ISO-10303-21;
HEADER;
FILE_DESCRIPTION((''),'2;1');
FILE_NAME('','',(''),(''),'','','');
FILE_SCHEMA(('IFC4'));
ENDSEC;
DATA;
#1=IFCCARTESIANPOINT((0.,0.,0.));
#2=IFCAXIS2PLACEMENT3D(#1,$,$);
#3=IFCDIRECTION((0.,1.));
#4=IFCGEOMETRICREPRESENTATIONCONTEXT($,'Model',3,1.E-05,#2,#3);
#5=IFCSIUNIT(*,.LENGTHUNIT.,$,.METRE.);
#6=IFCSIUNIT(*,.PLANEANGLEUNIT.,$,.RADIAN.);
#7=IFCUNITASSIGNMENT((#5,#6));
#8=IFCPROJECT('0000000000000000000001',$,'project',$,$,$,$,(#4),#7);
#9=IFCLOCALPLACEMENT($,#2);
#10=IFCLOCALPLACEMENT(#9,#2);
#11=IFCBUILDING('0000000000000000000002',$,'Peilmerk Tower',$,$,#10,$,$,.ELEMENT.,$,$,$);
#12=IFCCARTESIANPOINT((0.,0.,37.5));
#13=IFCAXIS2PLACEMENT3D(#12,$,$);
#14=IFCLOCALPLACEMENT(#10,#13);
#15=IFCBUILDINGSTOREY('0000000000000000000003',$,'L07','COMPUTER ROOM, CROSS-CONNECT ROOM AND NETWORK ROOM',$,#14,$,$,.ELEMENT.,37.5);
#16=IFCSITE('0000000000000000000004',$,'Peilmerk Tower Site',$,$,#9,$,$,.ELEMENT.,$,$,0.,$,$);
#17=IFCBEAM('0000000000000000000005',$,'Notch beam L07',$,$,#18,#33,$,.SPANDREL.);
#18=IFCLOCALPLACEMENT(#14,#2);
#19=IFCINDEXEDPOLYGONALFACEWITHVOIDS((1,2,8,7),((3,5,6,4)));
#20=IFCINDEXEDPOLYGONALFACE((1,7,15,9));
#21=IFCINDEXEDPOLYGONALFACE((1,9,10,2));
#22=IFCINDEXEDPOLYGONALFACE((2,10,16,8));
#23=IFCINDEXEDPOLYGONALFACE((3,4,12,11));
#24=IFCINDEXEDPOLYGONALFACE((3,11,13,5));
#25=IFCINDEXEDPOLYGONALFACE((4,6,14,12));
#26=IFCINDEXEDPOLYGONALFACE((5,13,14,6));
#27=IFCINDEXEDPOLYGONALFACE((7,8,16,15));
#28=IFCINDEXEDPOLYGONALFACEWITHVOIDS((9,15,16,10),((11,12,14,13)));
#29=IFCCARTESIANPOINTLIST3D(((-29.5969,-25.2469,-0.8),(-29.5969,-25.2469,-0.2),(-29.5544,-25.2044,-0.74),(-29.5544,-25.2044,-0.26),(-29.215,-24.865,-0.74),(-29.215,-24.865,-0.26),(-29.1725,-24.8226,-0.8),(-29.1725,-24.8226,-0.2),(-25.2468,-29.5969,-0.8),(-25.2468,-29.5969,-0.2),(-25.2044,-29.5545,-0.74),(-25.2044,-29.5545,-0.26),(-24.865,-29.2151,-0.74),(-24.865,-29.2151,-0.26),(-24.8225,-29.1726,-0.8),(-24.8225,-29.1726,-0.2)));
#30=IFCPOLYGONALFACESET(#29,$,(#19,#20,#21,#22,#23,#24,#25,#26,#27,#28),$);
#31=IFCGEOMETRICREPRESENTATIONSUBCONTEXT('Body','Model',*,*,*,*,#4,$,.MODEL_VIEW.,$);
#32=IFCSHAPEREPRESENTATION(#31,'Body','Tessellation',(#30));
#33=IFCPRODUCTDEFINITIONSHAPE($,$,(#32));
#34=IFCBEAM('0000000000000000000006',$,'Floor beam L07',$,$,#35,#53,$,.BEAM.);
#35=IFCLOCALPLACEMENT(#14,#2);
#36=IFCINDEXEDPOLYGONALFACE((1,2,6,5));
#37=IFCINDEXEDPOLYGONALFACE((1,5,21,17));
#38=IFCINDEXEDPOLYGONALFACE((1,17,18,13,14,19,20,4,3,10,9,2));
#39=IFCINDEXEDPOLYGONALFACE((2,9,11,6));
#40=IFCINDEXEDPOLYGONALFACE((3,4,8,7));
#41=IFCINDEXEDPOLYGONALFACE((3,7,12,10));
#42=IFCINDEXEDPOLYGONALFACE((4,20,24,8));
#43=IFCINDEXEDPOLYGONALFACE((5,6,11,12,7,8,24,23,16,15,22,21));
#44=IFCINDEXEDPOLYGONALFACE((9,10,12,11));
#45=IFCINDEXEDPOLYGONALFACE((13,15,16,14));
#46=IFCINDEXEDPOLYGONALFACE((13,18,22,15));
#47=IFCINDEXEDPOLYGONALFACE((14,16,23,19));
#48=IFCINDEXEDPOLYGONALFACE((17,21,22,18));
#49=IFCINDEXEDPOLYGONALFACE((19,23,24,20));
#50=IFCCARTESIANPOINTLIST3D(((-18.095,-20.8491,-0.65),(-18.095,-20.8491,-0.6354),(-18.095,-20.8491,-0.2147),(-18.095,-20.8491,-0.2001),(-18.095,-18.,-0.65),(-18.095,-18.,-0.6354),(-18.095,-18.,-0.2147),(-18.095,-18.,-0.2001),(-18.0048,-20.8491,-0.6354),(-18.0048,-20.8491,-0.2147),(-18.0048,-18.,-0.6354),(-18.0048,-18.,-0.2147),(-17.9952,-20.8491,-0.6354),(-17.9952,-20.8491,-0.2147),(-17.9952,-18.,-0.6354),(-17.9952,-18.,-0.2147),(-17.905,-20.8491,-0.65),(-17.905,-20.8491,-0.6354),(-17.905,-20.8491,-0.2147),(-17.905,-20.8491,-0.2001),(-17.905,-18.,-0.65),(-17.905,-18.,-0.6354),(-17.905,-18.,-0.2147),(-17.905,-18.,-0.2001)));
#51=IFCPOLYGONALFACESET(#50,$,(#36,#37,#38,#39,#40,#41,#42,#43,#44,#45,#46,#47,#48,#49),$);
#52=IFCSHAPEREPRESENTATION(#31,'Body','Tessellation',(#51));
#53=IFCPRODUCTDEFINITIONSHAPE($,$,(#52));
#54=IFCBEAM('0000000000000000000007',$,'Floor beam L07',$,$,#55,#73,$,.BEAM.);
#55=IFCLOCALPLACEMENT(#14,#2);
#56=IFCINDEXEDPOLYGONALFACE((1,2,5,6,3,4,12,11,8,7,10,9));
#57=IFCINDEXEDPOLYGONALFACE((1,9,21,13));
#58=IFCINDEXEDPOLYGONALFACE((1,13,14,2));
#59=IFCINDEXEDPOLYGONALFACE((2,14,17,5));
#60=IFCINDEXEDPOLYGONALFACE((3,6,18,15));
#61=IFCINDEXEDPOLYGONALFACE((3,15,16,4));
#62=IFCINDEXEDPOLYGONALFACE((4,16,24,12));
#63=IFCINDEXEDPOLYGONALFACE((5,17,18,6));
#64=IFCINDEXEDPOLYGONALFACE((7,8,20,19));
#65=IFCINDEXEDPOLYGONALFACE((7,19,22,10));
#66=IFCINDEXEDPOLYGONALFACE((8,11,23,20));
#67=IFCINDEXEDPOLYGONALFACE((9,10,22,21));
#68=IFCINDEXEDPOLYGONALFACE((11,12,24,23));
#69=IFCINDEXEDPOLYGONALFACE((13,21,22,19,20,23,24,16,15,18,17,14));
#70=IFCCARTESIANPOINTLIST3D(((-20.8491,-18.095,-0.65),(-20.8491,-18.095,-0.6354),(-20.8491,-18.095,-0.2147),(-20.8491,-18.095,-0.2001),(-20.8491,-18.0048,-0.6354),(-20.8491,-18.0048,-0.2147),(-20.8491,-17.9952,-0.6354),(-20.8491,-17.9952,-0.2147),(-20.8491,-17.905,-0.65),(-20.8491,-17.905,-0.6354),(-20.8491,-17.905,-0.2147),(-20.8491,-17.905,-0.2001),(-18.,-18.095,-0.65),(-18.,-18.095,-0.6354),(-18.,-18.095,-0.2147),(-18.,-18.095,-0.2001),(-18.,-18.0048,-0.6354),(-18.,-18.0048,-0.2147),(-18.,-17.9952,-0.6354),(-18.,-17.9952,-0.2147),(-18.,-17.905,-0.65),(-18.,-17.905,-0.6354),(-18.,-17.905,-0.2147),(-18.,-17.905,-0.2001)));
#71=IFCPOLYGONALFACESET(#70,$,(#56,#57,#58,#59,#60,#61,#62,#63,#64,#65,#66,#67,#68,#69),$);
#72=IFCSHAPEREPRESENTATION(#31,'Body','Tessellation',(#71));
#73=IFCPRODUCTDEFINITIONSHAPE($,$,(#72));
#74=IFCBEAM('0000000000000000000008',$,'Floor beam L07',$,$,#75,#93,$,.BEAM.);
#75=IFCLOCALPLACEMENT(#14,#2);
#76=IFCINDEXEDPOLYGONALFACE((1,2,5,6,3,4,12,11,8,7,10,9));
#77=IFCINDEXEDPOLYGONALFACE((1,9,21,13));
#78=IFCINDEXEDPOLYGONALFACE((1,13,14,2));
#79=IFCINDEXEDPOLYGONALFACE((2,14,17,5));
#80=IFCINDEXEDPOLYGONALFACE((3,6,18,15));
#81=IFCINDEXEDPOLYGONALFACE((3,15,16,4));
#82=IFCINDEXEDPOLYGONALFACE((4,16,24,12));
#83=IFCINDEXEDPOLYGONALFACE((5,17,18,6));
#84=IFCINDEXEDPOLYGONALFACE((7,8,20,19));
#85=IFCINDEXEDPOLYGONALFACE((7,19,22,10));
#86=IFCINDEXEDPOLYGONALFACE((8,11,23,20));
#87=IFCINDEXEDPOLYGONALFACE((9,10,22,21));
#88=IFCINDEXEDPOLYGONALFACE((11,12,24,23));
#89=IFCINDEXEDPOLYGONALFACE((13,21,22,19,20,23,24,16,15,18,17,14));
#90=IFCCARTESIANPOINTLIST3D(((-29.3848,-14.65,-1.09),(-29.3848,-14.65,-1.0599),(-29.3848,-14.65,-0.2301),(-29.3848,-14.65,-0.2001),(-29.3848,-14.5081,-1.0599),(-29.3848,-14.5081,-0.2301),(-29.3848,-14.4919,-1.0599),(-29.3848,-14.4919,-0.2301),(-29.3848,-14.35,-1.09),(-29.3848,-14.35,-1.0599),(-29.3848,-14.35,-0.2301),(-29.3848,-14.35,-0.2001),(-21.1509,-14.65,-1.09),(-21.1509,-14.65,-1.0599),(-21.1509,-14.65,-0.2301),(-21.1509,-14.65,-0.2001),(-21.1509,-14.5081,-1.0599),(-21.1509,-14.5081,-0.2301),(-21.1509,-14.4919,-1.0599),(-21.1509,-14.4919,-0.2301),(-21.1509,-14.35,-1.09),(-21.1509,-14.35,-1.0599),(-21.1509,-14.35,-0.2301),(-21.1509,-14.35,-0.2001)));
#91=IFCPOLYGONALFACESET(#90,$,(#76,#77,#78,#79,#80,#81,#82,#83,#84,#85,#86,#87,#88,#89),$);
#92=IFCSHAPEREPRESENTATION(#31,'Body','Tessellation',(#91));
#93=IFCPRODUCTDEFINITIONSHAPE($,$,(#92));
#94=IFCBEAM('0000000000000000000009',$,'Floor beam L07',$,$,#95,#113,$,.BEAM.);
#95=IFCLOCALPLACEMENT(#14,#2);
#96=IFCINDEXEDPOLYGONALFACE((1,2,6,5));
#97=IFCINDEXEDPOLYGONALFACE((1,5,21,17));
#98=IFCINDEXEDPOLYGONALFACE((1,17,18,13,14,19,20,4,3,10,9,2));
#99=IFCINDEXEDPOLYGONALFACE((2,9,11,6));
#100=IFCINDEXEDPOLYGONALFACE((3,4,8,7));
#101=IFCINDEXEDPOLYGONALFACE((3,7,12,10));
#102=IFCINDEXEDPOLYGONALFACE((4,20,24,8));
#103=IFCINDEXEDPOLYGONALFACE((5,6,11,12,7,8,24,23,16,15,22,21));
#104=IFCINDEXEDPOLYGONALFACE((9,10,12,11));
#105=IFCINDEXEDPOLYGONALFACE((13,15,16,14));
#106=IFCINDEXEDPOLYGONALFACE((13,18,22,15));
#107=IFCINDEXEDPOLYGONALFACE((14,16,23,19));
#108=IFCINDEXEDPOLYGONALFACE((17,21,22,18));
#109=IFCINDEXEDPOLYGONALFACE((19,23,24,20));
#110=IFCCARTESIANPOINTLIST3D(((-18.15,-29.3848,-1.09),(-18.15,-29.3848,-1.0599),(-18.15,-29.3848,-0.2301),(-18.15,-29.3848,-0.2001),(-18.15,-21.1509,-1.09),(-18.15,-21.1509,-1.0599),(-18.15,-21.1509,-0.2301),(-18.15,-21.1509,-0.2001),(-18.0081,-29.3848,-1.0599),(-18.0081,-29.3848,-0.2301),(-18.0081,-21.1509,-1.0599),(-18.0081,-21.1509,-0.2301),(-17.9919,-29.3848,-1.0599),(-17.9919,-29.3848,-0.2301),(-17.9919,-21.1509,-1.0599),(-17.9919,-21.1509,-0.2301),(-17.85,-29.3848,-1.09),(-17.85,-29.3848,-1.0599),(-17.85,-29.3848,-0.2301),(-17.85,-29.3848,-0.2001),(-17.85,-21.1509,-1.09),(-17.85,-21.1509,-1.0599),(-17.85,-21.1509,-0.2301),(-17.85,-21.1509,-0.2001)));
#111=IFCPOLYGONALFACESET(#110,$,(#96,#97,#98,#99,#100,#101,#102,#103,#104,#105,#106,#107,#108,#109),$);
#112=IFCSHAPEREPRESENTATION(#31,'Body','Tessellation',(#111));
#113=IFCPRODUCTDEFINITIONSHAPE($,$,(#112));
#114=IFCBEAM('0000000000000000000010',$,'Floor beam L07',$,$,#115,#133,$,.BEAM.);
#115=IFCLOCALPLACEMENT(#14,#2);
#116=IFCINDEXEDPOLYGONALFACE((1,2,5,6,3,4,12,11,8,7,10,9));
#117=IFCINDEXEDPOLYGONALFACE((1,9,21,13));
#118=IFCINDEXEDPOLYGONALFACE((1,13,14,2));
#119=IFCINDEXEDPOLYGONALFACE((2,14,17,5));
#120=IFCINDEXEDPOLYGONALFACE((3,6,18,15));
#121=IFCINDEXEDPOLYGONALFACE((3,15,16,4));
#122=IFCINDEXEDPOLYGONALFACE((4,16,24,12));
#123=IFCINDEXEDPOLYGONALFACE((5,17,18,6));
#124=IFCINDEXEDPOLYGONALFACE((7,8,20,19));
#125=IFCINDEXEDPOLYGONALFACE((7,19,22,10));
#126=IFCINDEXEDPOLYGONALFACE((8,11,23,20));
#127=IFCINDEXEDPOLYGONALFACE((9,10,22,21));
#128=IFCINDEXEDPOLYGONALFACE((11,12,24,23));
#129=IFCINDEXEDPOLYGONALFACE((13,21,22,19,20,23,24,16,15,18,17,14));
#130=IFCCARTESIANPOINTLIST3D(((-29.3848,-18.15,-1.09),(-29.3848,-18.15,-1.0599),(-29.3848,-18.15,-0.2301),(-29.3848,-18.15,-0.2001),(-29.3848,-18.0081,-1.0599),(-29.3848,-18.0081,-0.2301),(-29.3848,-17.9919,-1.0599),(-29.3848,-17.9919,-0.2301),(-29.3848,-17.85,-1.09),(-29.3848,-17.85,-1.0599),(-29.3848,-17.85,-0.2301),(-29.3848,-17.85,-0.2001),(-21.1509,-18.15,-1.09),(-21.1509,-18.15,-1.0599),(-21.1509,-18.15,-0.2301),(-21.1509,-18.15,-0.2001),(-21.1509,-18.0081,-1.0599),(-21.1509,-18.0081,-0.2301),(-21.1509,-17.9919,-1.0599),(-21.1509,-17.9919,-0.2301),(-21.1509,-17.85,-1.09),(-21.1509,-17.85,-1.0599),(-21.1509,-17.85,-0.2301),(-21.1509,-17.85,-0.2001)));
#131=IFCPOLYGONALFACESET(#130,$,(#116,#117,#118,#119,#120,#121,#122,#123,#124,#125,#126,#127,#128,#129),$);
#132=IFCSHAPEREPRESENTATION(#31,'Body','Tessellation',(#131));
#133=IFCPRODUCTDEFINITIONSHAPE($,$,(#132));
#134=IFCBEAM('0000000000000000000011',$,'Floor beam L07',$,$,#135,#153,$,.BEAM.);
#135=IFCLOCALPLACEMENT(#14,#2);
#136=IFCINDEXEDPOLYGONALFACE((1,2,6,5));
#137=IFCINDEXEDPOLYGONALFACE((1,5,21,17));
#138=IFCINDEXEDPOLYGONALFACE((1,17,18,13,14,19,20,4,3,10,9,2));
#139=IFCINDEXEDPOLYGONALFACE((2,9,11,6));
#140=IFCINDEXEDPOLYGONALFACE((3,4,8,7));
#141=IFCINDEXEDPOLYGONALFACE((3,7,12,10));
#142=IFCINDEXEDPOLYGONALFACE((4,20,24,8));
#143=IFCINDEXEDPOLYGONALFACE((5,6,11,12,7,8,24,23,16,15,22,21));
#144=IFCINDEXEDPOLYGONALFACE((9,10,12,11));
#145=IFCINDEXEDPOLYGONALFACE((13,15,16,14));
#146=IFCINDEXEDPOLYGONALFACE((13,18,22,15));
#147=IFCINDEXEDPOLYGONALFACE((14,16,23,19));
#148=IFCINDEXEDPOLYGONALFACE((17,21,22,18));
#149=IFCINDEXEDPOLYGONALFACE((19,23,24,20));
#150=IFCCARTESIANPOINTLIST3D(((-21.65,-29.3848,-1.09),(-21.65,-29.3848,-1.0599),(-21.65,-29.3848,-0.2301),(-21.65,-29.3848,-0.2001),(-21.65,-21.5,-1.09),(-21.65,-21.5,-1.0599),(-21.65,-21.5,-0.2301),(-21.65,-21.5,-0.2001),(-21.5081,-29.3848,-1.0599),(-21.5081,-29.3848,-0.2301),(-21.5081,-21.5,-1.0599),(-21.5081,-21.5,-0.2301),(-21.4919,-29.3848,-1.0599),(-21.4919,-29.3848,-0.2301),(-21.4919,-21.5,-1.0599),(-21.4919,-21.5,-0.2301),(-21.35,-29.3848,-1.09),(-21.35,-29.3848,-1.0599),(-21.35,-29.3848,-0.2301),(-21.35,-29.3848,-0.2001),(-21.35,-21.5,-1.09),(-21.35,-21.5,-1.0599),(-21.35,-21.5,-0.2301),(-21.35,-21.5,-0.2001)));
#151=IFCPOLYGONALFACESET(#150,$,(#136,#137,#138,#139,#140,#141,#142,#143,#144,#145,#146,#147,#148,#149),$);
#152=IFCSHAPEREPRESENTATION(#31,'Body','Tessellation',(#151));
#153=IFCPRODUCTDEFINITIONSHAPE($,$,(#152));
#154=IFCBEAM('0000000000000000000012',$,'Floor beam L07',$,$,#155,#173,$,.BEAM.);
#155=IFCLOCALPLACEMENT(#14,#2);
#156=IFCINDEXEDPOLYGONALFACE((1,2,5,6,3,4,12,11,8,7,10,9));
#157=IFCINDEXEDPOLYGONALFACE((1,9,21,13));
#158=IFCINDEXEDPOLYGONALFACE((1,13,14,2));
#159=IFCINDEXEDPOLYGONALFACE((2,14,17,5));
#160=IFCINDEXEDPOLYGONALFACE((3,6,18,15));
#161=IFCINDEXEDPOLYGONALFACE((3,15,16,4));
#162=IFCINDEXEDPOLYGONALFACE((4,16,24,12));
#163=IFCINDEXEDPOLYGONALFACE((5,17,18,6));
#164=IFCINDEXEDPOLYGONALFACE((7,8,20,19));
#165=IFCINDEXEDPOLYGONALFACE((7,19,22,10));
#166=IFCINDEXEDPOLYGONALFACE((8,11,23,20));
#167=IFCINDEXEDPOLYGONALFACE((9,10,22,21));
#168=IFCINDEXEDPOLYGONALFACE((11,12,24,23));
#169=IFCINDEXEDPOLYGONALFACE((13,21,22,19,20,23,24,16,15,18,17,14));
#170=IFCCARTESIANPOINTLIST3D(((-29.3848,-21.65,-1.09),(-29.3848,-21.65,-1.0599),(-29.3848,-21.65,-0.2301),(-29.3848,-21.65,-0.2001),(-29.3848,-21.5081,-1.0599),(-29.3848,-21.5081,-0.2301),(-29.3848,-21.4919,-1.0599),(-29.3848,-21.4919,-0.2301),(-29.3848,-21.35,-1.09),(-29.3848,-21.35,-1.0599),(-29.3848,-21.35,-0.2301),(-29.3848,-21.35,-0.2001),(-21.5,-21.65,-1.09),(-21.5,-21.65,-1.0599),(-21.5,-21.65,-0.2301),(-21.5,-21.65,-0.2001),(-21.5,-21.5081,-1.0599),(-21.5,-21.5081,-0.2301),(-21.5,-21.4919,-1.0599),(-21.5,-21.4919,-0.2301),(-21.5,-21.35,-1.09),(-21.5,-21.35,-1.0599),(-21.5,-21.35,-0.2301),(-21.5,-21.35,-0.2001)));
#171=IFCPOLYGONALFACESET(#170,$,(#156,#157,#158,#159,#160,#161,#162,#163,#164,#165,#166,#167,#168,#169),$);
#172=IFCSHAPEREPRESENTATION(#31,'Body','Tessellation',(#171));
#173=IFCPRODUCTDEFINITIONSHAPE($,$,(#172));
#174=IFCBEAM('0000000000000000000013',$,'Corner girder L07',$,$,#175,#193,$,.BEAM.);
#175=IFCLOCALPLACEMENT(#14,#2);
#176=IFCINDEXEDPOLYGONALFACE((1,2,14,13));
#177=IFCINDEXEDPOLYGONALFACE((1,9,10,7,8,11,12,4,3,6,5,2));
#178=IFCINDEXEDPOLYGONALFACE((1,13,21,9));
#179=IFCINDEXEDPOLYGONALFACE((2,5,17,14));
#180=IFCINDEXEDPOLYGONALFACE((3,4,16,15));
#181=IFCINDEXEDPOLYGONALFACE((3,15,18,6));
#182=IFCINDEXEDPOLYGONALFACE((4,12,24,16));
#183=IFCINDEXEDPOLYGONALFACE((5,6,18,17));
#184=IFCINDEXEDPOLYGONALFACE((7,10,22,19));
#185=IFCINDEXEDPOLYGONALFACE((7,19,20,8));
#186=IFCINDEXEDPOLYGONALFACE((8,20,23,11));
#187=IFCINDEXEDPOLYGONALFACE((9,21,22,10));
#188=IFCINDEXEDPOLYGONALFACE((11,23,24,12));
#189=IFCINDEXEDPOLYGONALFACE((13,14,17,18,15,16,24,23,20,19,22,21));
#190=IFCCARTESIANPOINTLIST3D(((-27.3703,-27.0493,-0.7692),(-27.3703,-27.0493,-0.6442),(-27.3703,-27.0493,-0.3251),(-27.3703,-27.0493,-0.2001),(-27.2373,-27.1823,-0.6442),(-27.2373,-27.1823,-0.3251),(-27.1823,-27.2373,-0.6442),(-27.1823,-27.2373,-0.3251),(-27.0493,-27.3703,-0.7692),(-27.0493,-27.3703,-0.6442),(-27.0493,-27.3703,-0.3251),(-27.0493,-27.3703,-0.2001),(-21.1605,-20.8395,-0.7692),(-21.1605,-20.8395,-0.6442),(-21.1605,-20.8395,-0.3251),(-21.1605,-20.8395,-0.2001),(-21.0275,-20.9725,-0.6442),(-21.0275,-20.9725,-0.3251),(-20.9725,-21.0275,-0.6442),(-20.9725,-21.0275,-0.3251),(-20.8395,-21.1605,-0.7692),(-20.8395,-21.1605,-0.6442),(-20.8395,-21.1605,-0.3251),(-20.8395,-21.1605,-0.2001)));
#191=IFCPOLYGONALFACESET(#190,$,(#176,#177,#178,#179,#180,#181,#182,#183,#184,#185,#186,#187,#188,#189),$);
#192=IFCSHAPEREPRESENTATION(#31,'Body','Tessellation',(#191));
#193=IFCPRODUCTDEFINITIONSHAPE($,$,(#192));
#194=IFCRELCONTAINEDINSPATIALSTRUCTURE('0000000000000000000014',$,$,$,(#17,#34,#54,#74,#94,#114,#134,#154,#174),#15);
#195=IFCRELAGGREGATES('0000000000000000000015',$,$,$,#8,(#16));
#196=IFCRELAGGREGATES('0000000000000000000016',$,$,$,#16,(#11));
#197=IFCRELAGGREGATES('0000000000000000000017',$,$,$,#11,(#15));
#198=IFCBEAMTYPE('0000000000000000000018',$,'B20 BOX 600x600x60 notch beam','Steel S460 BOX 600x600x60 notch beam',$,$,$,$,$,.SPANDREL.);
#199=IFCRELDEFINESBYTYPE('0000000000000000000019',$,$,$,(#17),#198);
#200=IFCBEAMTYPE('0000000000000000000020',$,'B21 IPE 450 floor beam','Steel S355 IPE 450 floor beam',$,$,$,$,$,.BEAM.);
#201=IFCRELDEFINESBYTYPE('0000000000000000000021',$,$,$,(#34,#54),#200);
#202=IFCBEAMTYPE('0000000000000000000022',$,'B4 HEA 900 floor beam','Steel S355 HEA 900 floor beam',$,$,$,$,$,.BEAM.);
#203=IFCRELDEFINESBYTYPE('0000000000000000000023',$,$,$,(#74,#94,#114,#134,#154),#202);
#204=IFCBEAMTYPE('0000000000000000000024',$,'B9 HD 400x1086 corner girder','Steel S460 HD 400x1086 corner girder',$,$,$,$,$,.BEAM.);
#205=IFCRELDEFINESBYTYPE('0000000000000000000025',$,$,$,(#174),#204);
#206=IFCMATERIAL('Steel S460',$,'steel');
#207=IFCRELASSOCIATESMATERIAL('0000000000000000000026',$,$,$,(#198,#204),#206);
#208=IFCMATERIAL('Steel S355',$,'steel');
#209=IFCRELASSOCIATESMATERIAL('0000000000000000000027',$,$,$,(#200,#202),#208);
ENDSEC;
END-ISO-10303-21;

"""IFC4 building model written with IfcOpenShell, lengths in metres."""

from ifc_helpers import new_model, si_unit, direction, frame, origin, origin_2d, place, context, subcontext, project, spatial, hollow_rectangle, i_section, extrude, material, material_profile, profile_set, type_object, element, save


model = new_model("IFC4")

# Units and contexts
model_context = context("Model", 3, precision=1e-05, world=origin(), true_north=direction((0.0, 1.0)))
body_context = subcontext(model_context, "Body", "Model", "MODEL_VIEW")
ifc_project = project(units=[si_unit("LENGTHUNIT", "METRE"), si_unit("PLANEANGLEUNIT", "RADIAN")], contexts=[model_context])

# Site, building, storey
site_placement = place(None, origin())
site = spatial("IfcSite", under=ifc_project, at=site_placement, Name="Peilmerk Tower Site", CompositionType="ELEMENT", RefElevation=0.0)
building_placement = place(site_placement, origin())
building = spatial("IfcBuilding", under=site, at=building_placement, Name="Peilmerk Tower", CompositionType="ELEMENT")
storey_placement = place(building_placement, frame((0.0, 0.0, 37.5)))
storey = spatial("IfcBuildingStorey", under=building, at=storey_placement, Name="L07", Description="COMPUTER ROOM, CROSS-CONNECT ROOM AND NETWORK ROOM", CompositionType="ELEMENT", Elevation=37.5)

# Beams
ifc_material_1 = material(Name="Steel S355", Category="steel")
ifc_material_2 = material(Name="Steel S460", Category="steel")
ifc_material_profile_1 = material_profile(ifc_material_2, hollow_rectangle(XDim=0.6001, YDim=0.6001, WallThickness=0.0601, at=origin_2d()), Name="BOX 600x600x60")
ifc_profile_set_1 = profile_set([ifc_material_profile_1], Name="Steel S460")
beam_type_1 = type_object("IfcBeamType", Name="B20 BOX 600x600x60 notch beam", Description="Steel S460 BOX 600x600x60 notch beam", PredefinedType="SPANDREL", material=ifc_profile_set_1)
beam_1_placement = place(storey_placement, frame((-25.0347, -29.3848, -0.5), z_axis=(-0.707107, 0.707107, 0.0), x_axis=(-0.707107, -0.707107, 0.0)))
element("IfcBeam", 1, at=beam_1_placement, inside=storey, type_object=beam_type_1, Name="Notch beam L07", PredefinedType="SPANDREL", context=body_context, shape_type="SweptSolid", body=[
    extrude(hollow_rectangle(XDim=0.6001, YDim=0.6001, WallThickness=0.0601, at=origin_2d()), origin(), (0.0, 0.0, 1.0), 6.1519),
])
ifc_material_profile_2 = material_profile(ifc_material_1, i_section(OverallWidth=0.1899, OverallDepth=0.45, WebThickness=0.0095, FlangeThickness=0.0146, at=origin_2d()), Name="IPE 450")
ifc_profile_set_2 = profile_set([ifc_material_profile_2], Name="Steel S355")
beam_type_2 = type_object("IfcBeamType", Name="B21 IPE 450 floor beam", Description="Steel S355 IPE 450 floor beam", PredefinedType="BEAM", material=ifc_profile_set_2)
for number, where, z_axis, x_axis, name in (
    (2, (-18.0, -18.0, -0.425), (0.0, -1.0, 0.0), (1.0, 0.0, 0.0), "Floor beam L07"),
    (3, (-18.0, -18.0, -0.425), (-1.0, 0.0, 0.0), (0.0, -1.0, 0.0), "Floor beam L07"),
):
    element("IfcBeam", number, at=place(storey_placement, frame(where, z_axis=z_axis, x_axis=x_axis)), inside=storey, type_object=beam_type_2, Name=name, PredefinedType="BEAM", context=body_context, shape_type="SweptSolid", body=[
        extrude(i_section(OverallWidth=0.1899, OverallDepth=0.45, WebThickness=0.0095, FlangeThickness=0.0146, at=origin_2d()), origin(), (0.0, 0.0, 1.0), 2.8491),
    ])
ifc_material_profile_3 = material_profile(ifc_material_1, i_section(OverallWidth=0.3, OverallDepth=0.8899, WebThickness=0.0161, FlangeThickness=0.03, at=origin_2d()), Name="HEA 900")
ifc_profile_set_3 = profile_set([ifc_material_profile_3], Name="Steel S355")
beam_type_3 = type_object("IfcBeamType", Name="B4 HEA 900 floor beam", Description="Steel S355 HEA 900 floor beam", PredefinedType="BEAM", material=ifc_profile_set_3)
for number, where, z_axis, x_axis, name in (
    (4, (-21.1509, -14.5, -0.645), (-1.0, 0.0, 0.0), (0.0, -1.0, 0.0), "Floor beam L07"),
    (5, (-18.0, -21.1509, -0.645), (0.0, -1.0, 0.0), (1.0, 0.0, 0.0), "Floor beam L07"),
    (6, (-21.1509, -18.0, -0.645), (-1.0, 0.0, 0.0), (0.0, -1.0, 0.0), "Floor beam L07"),
):
    element("IfcBeam", number, at=place(storey_placement, frame(where, z_axis=z_axis, x_axis=x_axis)), inside=storey, type_object=beam_type_3, Name=name, PredefinedType="BEAM", context=body_context, shape_type="SweptSolid", body=[
        extrude(i_section(OverallWidth=0.3, OverallDepth=0.8899, WebThickness=0.0161, FlangeThickness=0.03, at=origin_2d()), origin(), (0.0, 0.0, 1.0), 8.2339),
    ])
for number, where, z_axis, x_axis, name in (
    (7, (-21.5, -21.5, -0.645), (0.0, -1.0, 0.0), (1.0, 0.0, 0.0), "Floor beam L07"),
    (8, (-21.5, -21.5, -0.645), (-1.0, 0.0, 0.0), (0.0, -1.0, 0.0), "Floor beam L07"),
):
    element("IfcBeam", number, at=place(storey_placement, frame(where, z_axis=z_axis, x_axis=x_axis)), inside=storey, type_object=beam_type_3, Name=name, PredefinedType="BEAM", context=body_context, shape_type="SweptSolid", body=[
        extrude(i_section(OverallWidth=0.3, OverallDepth=0.8899, WebThickness=0.0161, FlangeThickness=0.03, at=origin_2d()), origin(), (0.0, 0.0, 1.0), 7.8848),
    ])
ifc_material_profile_4 = material_profile(ifc_material_2, i_section(OverallWidth=0.4541, OverallDepth=0.5691, WebThickness=0.0779, FlangeThickness=0.125, at=origin_2d()), Name="HD 400x1086")
ifc_profile_set_4 = profile_set([ifc_material_profile_4], Name="Steel S460")
beam_type_4 = type_object("IfcBeamType", Name="B9 HD 400x1086 corner girder", Description="Steel S460 HD 400x1086 corner girder", PredefinedType="BEAM", material=ifc_profile_set_4)
beam_2_placement = place(storey_placement, frame((-21.0, -21.0, -0.4846), z_axis=(-0.707107, -0.707107, 0.0), x_axis=(0.707107, -0.707107, 0.0)))
element("IfcBeam", 9, at=beam_2_placement, inside=storey, type_object=beam_type_4, Name="Corner girder L07", PredefinedType="BEAM", context=body_context, shape_type="SweptSolid", body=[
    extrude(i_section(OverallWidth=0.4541, OverallDepth=0.5691, WebThickness=0.0779, FlangeThickness=0.125, at=origin_2d()), origin(), (0.0, 0.0, 1.0), 8.782),
])

save(model, "model.ifc")
